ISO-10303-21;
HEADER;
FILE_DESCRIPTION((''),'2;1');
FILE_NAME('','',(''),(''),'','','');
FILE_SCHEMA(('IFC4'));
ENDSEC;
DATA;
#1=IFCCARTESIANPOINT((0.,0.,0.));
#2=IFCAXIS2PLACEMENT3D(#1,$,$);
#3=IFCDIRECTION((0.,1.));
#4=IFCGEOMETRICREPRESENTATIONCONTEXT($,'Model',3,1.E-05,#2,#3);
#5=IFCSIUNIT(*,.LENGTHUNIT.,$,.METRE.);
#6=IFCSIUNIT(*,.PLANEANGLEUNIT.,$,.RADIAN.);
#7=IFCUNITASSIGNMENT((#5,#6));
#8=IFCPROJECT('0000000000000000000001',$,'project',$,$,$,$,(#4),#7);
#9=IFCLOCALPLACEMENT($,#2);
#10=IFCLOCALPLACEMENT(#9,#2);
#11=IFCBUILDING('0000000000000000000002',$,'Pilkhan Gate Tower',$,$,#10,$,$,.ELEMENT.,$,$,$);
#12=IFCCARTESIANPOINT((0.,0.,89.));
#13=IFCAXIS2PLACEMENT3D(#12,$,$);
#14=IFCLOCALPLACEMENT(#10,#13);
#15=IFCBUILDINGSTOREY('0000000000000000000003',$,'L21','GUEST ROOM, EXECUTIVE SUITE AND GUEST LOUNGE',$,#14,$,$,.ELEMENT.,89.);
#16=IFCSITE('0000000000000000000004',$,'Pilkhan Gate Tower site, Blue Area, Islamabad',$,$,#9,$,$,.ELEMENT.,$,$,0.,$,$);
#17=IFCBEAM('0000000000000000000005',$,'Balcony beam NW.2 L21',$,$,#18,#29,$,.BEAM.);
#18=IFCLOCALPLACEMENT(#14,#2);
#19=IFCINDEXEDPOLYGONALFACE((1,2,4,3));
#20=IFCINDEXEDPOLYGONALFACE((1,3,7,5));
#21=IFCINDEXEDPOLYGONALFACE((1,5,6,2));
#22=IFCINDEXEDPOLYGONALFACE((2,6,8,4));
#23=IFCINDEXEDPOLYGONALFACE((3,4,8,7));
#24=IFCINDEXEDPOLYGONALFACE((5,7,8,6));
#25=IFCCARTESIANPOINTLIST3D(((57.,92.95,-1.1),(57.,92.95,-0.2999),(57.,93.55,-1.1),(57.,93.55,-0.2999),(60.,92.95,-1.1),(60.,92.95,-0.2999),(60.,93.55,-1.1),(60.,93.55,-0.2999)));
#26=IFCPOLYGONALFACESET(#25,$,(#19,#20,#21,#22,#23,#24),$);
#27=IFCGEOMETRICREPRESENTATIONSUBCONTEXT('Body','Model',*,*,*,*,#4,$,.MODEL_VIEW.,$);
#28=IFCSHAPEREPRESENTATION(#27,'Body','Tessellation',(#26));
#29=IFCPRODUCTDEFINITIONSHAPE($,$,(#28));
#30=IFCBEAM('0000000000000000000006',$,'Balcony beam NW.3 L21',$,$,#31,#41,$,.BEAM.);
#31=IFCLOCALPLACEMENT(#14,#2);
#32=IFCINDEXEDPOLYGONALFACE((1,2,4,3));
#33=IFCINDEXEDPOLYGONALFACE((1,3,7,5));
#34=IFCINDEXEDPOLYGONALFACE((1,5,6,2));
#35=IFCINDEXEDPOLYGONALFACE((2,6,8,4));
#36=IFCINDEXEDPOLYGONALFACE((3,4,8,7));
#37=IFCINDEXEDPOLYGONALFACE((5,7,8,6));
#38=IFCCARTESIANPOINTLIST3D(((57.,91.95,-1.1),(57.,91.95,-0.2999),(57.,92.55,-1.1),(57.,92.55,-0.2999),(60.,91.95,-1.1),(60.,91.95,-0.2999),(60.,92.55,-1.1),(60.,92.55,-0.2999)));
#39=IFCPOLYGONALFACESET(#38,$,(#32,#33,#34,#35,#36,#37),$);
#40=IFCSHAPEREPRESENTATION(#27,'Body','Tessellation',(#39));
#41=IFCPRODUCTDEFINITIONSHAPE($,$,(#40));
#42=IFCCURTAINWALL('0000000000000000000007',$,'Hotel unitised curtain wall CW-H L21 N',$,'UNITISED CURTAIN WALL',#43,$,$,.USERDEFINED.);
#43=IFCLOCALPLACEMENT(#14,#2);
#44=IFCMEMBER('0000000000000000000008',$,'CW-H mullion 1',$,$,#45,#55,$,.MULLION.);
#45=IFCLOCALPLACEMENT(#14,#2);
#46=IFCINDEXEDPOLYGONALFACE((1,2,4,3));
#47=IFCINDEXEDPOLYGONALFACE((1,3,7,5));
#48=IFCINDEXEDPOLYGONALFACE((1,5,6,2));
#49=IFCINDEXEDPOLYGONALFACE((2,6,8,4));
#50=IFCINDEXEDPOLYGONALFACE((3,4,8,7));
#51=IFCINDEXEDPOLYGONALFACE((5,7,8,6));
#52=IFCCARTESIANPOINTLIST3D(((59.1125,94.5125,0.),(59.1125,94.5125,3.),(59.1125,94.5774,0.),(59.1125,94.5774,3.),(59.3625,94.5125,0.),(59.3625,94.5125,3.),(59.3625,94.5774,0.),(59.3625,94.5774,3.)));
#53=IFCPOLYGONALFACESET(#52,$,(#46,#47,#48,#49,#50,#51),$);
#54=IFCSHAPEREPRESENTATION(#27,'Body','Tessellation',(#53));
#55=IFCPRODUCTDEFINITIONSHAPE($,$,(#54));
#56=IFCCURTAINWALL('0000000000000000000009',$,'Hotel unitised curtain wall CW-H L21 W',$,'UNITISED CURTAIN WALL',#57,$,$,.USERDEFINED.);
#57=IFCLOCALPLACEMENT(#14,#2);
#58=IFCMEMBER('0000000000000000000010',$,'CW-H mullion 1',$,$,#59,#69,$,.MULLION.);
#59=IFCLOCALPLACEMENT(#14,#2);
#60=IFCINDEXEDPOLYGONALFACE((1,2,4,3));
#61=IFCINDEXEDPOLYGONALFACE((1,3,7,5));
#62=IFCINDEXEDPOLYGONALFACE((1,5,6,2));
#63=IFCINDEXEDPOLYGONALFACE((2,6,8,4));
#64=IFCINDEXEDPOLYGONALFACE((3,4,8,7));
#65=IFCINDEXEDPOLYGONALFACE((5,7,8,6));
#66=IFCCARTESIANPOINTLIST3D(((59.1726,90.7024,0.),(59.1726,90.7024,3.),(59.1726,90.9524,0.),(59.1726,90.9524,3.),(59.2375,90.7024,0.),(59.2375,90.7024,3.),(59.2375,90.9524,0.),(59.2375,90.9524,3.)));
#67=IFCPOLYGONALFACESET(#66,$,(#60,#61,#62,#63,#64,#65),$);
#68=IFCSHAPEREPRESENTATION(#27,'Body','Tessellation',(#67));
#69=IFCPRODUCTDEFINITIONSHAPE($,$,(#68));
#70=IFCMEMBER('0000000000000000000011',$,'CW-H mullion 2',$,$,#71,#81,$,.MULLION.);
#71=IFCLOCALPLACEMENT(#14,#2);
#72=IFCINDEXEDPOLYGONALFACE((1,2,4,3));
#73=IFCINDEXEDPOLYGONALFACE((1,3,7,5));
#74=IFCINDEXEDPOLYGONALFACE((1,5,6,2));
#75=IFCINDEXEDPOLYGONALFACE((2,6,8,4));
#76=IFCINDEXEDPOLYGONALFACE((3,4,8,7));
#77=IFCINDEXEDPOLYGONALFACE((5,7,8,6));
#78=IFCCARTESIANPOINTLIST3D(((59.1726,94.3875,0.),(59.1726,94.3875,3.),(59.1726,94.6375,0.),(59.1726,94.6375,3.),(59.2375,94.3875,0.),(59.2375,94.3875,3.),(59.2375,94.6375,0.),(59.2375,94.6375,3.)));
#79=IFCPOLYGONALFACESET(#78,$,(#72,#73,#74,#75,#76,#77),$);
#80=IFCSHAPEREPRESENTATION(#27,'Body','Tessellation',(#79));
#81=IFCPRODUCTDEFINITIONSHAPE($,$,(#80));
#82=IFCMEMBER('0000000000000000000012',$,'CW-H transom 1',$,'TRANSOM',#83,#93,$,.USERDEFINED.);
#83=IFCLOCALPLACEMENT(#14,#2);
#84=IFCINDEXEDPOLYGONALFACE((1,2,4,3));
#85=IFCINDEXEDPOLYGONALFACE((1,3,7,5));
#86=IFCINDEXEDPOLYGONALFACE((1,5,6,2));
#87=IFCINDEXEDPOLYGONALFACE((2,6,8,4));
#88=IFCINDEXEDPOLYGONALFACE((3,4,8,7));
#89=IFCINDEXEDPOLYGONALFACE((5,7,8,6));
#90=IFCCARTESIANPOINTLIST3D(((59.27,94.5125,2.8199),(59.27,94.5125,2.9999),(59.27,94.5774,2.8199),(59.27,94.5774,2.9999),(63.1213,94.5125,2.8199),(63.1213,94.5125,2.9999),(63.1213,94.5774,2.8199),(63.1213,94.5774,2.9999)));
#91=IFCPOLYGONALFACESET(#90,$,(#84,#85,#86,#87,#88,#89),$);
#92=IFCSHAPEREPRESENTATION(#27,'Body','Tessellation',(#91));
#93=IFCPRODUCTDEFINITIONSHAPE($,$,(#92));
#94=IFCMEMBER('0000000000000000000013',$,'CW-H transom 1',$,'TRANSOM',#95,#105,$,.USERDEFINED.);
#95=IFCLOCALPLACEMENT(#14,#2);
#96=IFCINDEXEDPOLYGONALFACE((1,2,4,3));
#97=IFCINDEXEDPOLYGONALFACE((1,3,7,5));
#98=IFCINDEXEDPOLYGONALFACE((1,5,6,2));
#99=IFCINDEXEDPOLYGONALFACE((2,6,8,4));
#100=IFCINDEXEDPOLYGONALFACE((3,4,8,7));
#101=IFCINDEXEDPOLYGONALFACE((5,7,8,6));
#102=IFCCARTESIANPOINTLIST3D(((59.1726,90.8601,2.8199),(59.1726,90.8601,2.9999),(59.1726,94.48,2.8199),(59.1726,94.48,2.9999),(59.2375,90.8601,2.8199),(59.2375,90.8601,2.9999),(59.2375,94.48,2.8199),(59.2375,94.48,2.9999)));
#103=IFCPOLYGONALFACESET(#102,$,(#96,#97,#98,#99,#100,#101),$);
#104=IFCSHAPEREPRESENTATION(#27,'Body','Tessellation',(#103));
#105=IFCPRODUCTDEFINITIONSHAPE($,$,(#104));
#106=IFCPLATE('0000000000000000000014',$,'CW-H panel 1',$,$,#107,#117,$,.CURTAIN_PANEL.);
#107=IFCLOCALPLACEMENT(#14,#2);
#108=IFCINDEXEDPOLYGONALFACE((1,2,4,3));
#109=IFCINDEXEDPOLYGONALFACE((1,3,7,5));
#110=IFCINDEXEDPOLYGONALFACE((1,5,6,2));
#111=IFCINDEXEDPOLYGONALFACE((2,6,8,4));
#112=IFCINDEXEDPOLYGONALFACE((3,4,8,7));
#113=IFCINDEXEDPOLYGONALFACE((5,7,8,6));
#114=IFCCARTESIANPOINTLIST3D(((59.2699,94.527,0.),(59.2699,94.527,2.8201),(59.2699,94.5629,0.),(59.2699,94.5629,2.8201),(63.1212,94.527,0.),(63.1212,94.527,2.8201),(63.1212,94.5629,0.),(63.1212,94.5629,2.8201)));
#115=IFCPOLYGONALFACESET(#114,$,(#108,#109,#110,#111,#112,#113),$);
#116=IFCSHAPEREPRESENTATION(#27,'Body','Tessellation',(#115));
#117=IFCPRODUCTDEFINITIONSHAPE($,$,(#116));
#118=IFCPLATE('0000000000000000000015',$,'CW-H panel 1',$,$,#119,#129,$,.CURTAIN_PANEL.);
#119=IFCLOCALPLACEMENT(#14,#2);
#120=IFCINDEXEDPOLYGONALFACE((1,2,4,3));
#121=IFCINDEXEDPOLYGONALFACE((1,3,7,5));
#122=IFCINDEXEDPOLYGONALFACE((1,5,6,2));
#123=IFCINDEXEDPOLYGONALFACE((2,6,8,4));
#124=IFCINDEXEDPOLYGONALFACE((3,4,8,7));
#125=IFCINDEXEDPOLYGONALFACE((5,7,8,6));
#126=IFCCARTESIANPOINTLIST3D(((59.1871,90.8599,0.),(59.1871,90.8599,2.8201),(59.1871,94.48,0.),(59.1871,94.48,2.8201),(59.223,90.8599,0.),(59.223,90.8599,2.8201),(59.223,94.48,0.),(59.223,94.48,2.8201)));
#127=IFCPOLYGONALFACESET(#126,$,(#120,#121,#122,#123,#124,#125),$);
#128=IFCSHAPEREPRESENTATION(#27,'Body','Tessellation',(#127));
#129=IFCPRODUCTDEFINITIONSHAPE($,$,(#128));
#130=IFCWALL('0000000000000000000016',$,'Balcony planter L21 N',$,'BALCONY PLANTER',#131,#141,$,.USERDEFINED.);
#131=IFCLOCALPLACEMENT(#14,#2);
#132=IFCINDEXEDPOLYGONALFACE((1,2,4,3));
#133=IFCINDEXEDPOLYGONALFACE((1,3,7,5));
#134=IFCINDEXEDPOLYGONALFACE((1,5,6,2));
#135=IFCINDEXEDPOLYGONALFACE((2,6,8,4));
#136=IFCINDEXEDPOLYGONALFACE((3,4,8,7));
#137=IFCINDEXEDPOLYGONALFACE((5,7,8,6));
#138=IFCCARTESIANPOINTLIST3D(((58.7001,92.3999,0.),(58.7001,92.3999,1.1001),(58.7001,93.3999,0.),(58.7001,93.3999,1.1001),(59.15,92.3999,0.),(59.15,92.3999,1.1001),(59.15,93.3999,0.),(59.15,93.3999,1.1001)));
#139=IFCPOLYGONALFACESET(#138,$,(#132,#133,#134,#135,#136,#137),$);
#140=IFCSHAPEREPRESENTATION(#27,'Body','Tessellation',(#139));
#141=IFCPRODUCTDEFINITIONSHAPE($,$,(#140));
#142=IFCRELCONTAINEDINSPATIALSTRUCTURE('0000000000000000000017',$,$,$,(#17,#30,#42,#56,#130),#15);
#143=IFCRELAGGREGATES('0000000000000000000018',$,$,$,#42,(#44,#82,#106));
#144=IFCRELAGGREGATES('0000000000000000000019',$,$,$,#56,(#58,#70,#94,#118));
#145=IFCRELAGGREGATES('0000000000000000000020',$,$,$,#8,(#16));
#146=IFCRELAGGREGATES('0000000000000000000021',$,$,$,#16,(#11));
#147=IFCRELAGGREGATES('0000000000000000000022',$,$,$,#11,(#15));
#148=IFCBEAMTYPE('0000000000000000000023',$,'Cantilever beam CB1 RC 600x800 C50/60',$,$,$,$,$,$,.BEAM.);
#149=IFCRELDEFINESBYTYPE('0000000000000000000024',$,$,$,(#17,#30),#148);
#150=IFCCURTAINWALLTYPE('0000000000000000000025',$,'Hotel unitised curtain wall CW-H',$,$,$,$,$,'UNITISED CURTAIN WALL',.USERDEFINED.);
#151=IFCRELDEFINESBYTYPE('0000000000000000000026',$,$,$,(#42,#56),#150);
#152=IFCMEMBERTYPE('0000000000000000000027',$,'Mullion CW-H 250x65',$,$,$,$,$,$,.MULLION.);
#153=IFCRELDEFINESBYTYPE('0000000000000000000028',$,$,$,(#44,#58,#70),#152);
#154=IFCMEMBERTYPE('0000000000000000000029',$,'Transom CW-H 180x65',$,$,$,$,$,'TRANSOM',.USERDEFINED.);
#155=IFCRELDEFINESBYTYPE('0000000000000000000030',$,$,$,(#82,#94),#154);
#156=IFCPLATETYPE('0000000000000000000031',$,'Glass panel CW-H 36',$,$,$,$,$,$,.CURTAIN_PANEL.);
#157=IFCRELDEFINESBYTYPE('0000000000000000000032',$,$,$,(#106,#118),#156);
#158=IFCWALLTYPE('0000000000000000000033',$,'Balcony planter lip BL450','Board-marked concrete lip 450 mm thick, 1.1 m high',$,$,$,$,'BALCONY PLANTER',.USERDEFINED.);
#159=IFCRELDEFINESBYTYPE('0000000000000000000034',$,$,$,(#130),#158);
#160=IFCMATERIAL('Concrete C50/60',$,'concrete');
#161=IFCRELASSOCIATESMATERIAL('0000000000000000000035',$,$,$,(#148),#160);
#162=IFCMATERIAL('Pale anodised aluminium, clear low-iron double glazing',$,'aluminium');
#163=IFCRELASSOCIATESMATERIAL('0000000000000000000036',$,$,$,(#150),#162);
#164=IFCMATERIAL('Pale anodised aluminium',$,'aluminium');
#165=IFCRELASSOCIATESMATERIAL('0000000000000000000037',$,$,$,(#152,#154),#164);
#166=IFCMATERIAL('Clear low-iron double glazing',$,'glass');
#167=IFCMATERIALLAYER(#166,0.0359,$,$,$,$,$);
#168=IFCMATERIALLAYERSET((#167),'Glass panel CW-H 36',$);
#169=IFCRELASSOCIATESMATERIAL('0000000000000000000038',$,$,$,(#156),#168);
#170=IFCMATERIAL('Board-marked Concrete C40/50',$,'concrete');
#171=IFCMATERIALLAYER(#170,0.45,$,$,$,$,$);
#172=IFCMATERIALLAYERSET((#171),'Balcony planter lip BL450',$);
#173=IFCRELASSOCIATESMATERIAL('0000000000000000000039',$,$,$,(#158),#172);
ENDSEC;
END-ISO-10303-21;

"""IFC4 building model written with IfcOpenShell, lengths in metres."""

from ifc_helpers import new_model, si_unit, direction, frame, frame_2d, origin, origin_2d, place, context, subcontext, project, spatial, rectangle, extrude, material, layer, layer_set, material_profile, profile_set, type_object, element, aggregate, save


model = new_model("IFC4")

# Units and contexts
model_context = context("Model", 3, precision=1e-05, world=origin(), true_north=direction((0.0, 1.0)))
body_context = subcontext(model_context, "Body", "Model", "MODEL_VIEW")
ifc_project = project(units=[si_unit("LENGTHUNIT", "METRE"), si_unit("PLANEANGLEUNIT", "RADIAN")], contexts=[model_context])

# Site, building, storey
site_placement = place(None, origin())
site = spatial("IfcSite", under=ifc_project, at=site_placement, Name="Pilkhan Gate Tower site, Blue Area, Islamabad", CompositionType="ELEMENT", RefElevation=0.0)
building_placement = place(site_placement, origin())
building = spatial("IfcBuilding", under=site, at=building_placement, Name="Pilkhan Gate Tower", CompositionType="ELEMENT")
storey_placement = place(building_placement, frame((0.0, 0.0, 89.0)))
storey = spatial("IfcBuildingStorey", under=building, at=storey_placement, Name="L21", Description="GUEST ROOM, EXECUTIVE SUITE AND GUEST LOUNGE", CompositionType="ELEMENT", Elevation=89.0)

# Beams
ifc_material_1 = material(Name="Concrete C50/60", Category="concrete")
ifc_material_profile_1 = material_profile(ifc_material_1, rectangle(XDim=0.6001, YDim=0.8, at=origin_2d()), Name="RC 600x800")
ifc_profile_set_1 = profile_set([ifc_material_profile_1], Name="Concrete C50/60")
beam_type = type_object("IfcBeamType", Name="Cantilever beam CB1 RC 600x800 C50/60", PredefinedType="BEAM", material=ifc_profile_set_1)
for number, where, z_axis, x_axis, name in (
    (1, (60.0, 93.25, -0.7), (-1.0, 0.0, 0.0), (0.0, -1.0, 0.0), "Balcony beam NW.2 L21"),
    (2, (60.0, 92.25, -0.7), (-1.0, 0.0, 0.0), (0.0, -1.0, 0.0), "Balcony beam NW.3 L21"),
):
    element("IfcBeam", number, at=place(storey_placement, frame(where, z_axis=z_axis, x_axis=x_axis)), inside=storey, type_object=beam_type, Name=name, PredefinedType="BEAM", context=body_context, shape_type="SweptSolid", body=[
        extrude(rectangle(XDim=0.6001, YDim=0.8, at=origin_2d()), origin(), (0.0, 0.0, 1.0), 3.0),
    ])

# Curtain wall, member
ifc_material_2 = material(Name="Pale anodised aluminium, clear low-iron double glazing", Category="aluminium")
curtain_wall_type = type_object("IfcCurtainWallType", Name="Hotel unitised curtain wall CW-H", ElementType="UNITISED CURTAIN WALL", PredefinedType="USERDEFINED", material=ifc_material_2)
curtain_wall_1_placement = place(storey_placement, origin())
curtain_wall_1 = element("IfcCurtainWall", 3, at=curtain_wall_1_placement, inside=storey, type_object=curtain_wall_type, Name="Hotel unitised curtain wall CW-H L21 N", ObjectType="UNITISED CURTAIN WALL", PredefinedType="USERDEFINED")
ifc_material_3 = material(Name="Pale anodised aluminium", Category="aluminium")
ifc_material_profile_2 = material_profile(ifc_material_3, rectangle(XDim=0.0649, YDim=0.25, at=origin_2d()), Name="Mullion 250x65")
ifc_profile_set_2 = profile_set([ifc_material_profile_2], Name="Pale anodised aluminium")
member_type_1 = type_object("IfcMemberType", Name="Mullion CW-H 250x65", PredefinedType="MULLION", material=ifc_profile_set_2)
member_1_placement = place(storey_placement, frame((59.2375, 94.5449, 0.0), z_axis=(0.0, 0.0, 1.0), x_axis=(0.0, 1.0, 0.0)))
member_1 = element("IfcMember", 4, at=member_1_placement, type_object=member_type_1, Name="CW-H mullion 1", PredefinedType="MULLION", context=body_context, shape_type="SweptSolid", body=[
    extrude(rectangle(XDim=0.0649, YDim=0.25, at=origin_2d()), origin(), (0.0, 0.0, 1.0), 3.0),
])

# Curtain wall, members
curtain_wall_2_placement = place(storey_placement, origin())
curtain_wall_2 = element("IfcCurtainWall", 5, at=curtain_wall_2_placement, inside=storey, type_object=curtain_wall_type, Name="Hotel unitised curtain wall CW-H L21 W", ObjectType="UNITISED CURTAIN WALL", PredefinedType="USERDEFINED")
member_2_placement = place(storey_placement, frame((59.2051, 90.8274, 0.0), z_axis=(0.0, 0.0, 1.0), x_axis=(-1.0, 0.0, 0.0)))
member_2 = element("IfcMember", 6, at=member_2_placement, type_object=member_type_1, Name="CW-H mullion 1", PredefinedType="MULLION", context=body_context, shape_type="SweptSolid", body=[
    extrude(rectangle(XDim=0.0649, YDim=0.25, at=origin_2d()), origin(), (0.0, 0.0, 1.0), 3.0),
])
member_3_placement = place(storey_placement, frame((59.2051, 94.5125, 0.0), z_axis=(0.0, 0.0, 1.0), x_axis=(-1.0, 0.0, 0.0)))
member_3 = element("IfcMember", 7, at=member_3_placement, type_object=member_type_1, Name="CW-H mullion 2", PredefinedType="MULLION", context=body_context, shape_type="SweptSolid", body=[
    extrude(rectangle(XDim=0.0649, YDim=0.25, at=origin_2d()), origin(), (0.0, 0.0, 1.0), 3.0),
])

# Members
ifc_material_profile_3 = material_profile(ifc_material_3, rectangle(XDim=0.0649, YDim=0.1799, at=origin_2d()), Name="Transom 180x65")
ifc_profile_set_3 = profile_set([ifc_material_profile_3], Name="Pale anodised aluminium")
member_type_2 = type_object("IfcMemberType", Name="Transom CW-H 180x65", ElementType="TRANSOM", PredefinedType="USERDEFINED", material=ifc_profile_set_3)
member_4_placement = place(storey_placement, frame((59.27, 94.5449, 2.9099), z_axis=(1.0, 0.0, 0.0), x_axis=(0.0, 1.0, 0.0)))
member_4 = element("IfcMember", 8, at=member_4_placement, type_object=member_type_2, Name="CW-H transom 1", ObjectType="TRANSOM", PredefinedType="USERDEFINED", context=body_context, shape_type="SweptSolid", body=[
    extrude(rectangle(XDim=0.0649, YDim=0.1799, at=origin_2d()), origin(), (0.0, 0.0, 1.0), 3.8513),
])
member_5_placement = place(storey_placement, frame((59.2051, 90.8601, 2.9099), z_axis=(0.0, 1.0, 0.0), x_axis=(-1.0, 0.0, 0.0)))
member_5 = element("IfcMember", 9, at=member_5_placement, type_object=member_type_2, Name="CW-H transom 1", ObjectType="TRANSOM", PredefinedType="USERDEFINED", context=body_context, shape_type="SweptSolid", body=[
    extrude(rectangle(XDim=0.0649, YDim=0.1799, at=origin_2d()), origin(), (0.0, 0.0, 1.0), 3.6199),
])

# Plates
ifc_material_4 = material(Name="Clear low-iron double glazing", Category="glass")
ifc_layer_1 = layer(ifc_material_4, 0.0359)
ifc_layer_set_1 = layer_set([ifc_layer_1], Name="Glass panel CW-H 36")
plate_type = type_object("IfcPlateType", Name="Glass panel CW-H 36", PredefinedType="CURTAIN_PANEL", material=ifc_layer_set_1)
plate_1_placement = place(storey_placement, frame((61.1956, 94.5449, 0.0), z_axis=(0.0, 0.0, 1.0), x_axis=(1.0, 0.0, 0.0)))
plate_1 = element("IfcPlate", 10, at=plate_1_placement, type_object=plate_type, Name="CW-H panel 1", PredefinedType="CURTAIN_PANEL", context=body_context, shape_type="SweptSolid", body=[
    extrude(rectangle(XDim=3.8513, YDim=0.0359, at=origin_2d()), origin(), (0.0, 0.0, 1.0), 2.8201),
])
aggregate(curtain_wall_1, [member_1, member_4, plate_1])
plate_2_placement = place(storey_placement, frame((59.2051, 92.6699, 0.0), z_axis=(0.0, 0.0, 1.0), x_axis=(0.0, 1.0, 0.0)))
plate_2 = element("IfcPlate", 11, at=plate_2_placement, type_object=plate_type, Name="CW-H panel 1", PredefinedType="CURTAIN_PANEL", context=body_context, shape_type="SweptSolid", body=[
    extrude(rectangle(XDim=3.6201, YDim=0.0359, at=origin_2d()), origin(), (0.0, 0.0, 1.0), 2.8201),
])
aggregate(curtain_wall_2, [member_2, member_3, member_5, plate_2])

# Wall
ifc_material_5 = material(Name="Board-marked Concrete C40/50", Category="concrete")
ifc_layer_2 = layer(ifc_material_5, 0.45)
ifc_layer_set_2 = layer_set([ifc_layer_2], Name="Balcony planter lip BL450")
wall_type_1 = type_object("IfcWallType", Name="Balcony planter lip BL450", Description="Board-marked concrete lip 450 mm thick, 1.1 m high", ElementType="BALCONY PLANTER", PredefinedType="USERDEFINED", material=ifc_layer_set_2)
wall_1_placement = place(storey_placement, frame((58.925, 92.3999, 0.0), z_axis=(0.0, 0.0, 1.0), x_axis=(0.0, 1.0, 0.0)))
element("IfcWall", 12, at=wall_1_placement, inside=storey, type_object=wall_type_1, Name="Balcony planter L21 N", ObjectType="BALCONY PLANTER", PredefinedType="USERDEFINED", context=body_context, shape_type="SweptSolid", body=[
    extrude(rectangle(XDim=1.0, YDim=0.45, at=frame_2d((0.5, 0.0))), origin(), (0.0, 0.0, 1.0), 1.1001),
])

save(model, "model.ifc")
